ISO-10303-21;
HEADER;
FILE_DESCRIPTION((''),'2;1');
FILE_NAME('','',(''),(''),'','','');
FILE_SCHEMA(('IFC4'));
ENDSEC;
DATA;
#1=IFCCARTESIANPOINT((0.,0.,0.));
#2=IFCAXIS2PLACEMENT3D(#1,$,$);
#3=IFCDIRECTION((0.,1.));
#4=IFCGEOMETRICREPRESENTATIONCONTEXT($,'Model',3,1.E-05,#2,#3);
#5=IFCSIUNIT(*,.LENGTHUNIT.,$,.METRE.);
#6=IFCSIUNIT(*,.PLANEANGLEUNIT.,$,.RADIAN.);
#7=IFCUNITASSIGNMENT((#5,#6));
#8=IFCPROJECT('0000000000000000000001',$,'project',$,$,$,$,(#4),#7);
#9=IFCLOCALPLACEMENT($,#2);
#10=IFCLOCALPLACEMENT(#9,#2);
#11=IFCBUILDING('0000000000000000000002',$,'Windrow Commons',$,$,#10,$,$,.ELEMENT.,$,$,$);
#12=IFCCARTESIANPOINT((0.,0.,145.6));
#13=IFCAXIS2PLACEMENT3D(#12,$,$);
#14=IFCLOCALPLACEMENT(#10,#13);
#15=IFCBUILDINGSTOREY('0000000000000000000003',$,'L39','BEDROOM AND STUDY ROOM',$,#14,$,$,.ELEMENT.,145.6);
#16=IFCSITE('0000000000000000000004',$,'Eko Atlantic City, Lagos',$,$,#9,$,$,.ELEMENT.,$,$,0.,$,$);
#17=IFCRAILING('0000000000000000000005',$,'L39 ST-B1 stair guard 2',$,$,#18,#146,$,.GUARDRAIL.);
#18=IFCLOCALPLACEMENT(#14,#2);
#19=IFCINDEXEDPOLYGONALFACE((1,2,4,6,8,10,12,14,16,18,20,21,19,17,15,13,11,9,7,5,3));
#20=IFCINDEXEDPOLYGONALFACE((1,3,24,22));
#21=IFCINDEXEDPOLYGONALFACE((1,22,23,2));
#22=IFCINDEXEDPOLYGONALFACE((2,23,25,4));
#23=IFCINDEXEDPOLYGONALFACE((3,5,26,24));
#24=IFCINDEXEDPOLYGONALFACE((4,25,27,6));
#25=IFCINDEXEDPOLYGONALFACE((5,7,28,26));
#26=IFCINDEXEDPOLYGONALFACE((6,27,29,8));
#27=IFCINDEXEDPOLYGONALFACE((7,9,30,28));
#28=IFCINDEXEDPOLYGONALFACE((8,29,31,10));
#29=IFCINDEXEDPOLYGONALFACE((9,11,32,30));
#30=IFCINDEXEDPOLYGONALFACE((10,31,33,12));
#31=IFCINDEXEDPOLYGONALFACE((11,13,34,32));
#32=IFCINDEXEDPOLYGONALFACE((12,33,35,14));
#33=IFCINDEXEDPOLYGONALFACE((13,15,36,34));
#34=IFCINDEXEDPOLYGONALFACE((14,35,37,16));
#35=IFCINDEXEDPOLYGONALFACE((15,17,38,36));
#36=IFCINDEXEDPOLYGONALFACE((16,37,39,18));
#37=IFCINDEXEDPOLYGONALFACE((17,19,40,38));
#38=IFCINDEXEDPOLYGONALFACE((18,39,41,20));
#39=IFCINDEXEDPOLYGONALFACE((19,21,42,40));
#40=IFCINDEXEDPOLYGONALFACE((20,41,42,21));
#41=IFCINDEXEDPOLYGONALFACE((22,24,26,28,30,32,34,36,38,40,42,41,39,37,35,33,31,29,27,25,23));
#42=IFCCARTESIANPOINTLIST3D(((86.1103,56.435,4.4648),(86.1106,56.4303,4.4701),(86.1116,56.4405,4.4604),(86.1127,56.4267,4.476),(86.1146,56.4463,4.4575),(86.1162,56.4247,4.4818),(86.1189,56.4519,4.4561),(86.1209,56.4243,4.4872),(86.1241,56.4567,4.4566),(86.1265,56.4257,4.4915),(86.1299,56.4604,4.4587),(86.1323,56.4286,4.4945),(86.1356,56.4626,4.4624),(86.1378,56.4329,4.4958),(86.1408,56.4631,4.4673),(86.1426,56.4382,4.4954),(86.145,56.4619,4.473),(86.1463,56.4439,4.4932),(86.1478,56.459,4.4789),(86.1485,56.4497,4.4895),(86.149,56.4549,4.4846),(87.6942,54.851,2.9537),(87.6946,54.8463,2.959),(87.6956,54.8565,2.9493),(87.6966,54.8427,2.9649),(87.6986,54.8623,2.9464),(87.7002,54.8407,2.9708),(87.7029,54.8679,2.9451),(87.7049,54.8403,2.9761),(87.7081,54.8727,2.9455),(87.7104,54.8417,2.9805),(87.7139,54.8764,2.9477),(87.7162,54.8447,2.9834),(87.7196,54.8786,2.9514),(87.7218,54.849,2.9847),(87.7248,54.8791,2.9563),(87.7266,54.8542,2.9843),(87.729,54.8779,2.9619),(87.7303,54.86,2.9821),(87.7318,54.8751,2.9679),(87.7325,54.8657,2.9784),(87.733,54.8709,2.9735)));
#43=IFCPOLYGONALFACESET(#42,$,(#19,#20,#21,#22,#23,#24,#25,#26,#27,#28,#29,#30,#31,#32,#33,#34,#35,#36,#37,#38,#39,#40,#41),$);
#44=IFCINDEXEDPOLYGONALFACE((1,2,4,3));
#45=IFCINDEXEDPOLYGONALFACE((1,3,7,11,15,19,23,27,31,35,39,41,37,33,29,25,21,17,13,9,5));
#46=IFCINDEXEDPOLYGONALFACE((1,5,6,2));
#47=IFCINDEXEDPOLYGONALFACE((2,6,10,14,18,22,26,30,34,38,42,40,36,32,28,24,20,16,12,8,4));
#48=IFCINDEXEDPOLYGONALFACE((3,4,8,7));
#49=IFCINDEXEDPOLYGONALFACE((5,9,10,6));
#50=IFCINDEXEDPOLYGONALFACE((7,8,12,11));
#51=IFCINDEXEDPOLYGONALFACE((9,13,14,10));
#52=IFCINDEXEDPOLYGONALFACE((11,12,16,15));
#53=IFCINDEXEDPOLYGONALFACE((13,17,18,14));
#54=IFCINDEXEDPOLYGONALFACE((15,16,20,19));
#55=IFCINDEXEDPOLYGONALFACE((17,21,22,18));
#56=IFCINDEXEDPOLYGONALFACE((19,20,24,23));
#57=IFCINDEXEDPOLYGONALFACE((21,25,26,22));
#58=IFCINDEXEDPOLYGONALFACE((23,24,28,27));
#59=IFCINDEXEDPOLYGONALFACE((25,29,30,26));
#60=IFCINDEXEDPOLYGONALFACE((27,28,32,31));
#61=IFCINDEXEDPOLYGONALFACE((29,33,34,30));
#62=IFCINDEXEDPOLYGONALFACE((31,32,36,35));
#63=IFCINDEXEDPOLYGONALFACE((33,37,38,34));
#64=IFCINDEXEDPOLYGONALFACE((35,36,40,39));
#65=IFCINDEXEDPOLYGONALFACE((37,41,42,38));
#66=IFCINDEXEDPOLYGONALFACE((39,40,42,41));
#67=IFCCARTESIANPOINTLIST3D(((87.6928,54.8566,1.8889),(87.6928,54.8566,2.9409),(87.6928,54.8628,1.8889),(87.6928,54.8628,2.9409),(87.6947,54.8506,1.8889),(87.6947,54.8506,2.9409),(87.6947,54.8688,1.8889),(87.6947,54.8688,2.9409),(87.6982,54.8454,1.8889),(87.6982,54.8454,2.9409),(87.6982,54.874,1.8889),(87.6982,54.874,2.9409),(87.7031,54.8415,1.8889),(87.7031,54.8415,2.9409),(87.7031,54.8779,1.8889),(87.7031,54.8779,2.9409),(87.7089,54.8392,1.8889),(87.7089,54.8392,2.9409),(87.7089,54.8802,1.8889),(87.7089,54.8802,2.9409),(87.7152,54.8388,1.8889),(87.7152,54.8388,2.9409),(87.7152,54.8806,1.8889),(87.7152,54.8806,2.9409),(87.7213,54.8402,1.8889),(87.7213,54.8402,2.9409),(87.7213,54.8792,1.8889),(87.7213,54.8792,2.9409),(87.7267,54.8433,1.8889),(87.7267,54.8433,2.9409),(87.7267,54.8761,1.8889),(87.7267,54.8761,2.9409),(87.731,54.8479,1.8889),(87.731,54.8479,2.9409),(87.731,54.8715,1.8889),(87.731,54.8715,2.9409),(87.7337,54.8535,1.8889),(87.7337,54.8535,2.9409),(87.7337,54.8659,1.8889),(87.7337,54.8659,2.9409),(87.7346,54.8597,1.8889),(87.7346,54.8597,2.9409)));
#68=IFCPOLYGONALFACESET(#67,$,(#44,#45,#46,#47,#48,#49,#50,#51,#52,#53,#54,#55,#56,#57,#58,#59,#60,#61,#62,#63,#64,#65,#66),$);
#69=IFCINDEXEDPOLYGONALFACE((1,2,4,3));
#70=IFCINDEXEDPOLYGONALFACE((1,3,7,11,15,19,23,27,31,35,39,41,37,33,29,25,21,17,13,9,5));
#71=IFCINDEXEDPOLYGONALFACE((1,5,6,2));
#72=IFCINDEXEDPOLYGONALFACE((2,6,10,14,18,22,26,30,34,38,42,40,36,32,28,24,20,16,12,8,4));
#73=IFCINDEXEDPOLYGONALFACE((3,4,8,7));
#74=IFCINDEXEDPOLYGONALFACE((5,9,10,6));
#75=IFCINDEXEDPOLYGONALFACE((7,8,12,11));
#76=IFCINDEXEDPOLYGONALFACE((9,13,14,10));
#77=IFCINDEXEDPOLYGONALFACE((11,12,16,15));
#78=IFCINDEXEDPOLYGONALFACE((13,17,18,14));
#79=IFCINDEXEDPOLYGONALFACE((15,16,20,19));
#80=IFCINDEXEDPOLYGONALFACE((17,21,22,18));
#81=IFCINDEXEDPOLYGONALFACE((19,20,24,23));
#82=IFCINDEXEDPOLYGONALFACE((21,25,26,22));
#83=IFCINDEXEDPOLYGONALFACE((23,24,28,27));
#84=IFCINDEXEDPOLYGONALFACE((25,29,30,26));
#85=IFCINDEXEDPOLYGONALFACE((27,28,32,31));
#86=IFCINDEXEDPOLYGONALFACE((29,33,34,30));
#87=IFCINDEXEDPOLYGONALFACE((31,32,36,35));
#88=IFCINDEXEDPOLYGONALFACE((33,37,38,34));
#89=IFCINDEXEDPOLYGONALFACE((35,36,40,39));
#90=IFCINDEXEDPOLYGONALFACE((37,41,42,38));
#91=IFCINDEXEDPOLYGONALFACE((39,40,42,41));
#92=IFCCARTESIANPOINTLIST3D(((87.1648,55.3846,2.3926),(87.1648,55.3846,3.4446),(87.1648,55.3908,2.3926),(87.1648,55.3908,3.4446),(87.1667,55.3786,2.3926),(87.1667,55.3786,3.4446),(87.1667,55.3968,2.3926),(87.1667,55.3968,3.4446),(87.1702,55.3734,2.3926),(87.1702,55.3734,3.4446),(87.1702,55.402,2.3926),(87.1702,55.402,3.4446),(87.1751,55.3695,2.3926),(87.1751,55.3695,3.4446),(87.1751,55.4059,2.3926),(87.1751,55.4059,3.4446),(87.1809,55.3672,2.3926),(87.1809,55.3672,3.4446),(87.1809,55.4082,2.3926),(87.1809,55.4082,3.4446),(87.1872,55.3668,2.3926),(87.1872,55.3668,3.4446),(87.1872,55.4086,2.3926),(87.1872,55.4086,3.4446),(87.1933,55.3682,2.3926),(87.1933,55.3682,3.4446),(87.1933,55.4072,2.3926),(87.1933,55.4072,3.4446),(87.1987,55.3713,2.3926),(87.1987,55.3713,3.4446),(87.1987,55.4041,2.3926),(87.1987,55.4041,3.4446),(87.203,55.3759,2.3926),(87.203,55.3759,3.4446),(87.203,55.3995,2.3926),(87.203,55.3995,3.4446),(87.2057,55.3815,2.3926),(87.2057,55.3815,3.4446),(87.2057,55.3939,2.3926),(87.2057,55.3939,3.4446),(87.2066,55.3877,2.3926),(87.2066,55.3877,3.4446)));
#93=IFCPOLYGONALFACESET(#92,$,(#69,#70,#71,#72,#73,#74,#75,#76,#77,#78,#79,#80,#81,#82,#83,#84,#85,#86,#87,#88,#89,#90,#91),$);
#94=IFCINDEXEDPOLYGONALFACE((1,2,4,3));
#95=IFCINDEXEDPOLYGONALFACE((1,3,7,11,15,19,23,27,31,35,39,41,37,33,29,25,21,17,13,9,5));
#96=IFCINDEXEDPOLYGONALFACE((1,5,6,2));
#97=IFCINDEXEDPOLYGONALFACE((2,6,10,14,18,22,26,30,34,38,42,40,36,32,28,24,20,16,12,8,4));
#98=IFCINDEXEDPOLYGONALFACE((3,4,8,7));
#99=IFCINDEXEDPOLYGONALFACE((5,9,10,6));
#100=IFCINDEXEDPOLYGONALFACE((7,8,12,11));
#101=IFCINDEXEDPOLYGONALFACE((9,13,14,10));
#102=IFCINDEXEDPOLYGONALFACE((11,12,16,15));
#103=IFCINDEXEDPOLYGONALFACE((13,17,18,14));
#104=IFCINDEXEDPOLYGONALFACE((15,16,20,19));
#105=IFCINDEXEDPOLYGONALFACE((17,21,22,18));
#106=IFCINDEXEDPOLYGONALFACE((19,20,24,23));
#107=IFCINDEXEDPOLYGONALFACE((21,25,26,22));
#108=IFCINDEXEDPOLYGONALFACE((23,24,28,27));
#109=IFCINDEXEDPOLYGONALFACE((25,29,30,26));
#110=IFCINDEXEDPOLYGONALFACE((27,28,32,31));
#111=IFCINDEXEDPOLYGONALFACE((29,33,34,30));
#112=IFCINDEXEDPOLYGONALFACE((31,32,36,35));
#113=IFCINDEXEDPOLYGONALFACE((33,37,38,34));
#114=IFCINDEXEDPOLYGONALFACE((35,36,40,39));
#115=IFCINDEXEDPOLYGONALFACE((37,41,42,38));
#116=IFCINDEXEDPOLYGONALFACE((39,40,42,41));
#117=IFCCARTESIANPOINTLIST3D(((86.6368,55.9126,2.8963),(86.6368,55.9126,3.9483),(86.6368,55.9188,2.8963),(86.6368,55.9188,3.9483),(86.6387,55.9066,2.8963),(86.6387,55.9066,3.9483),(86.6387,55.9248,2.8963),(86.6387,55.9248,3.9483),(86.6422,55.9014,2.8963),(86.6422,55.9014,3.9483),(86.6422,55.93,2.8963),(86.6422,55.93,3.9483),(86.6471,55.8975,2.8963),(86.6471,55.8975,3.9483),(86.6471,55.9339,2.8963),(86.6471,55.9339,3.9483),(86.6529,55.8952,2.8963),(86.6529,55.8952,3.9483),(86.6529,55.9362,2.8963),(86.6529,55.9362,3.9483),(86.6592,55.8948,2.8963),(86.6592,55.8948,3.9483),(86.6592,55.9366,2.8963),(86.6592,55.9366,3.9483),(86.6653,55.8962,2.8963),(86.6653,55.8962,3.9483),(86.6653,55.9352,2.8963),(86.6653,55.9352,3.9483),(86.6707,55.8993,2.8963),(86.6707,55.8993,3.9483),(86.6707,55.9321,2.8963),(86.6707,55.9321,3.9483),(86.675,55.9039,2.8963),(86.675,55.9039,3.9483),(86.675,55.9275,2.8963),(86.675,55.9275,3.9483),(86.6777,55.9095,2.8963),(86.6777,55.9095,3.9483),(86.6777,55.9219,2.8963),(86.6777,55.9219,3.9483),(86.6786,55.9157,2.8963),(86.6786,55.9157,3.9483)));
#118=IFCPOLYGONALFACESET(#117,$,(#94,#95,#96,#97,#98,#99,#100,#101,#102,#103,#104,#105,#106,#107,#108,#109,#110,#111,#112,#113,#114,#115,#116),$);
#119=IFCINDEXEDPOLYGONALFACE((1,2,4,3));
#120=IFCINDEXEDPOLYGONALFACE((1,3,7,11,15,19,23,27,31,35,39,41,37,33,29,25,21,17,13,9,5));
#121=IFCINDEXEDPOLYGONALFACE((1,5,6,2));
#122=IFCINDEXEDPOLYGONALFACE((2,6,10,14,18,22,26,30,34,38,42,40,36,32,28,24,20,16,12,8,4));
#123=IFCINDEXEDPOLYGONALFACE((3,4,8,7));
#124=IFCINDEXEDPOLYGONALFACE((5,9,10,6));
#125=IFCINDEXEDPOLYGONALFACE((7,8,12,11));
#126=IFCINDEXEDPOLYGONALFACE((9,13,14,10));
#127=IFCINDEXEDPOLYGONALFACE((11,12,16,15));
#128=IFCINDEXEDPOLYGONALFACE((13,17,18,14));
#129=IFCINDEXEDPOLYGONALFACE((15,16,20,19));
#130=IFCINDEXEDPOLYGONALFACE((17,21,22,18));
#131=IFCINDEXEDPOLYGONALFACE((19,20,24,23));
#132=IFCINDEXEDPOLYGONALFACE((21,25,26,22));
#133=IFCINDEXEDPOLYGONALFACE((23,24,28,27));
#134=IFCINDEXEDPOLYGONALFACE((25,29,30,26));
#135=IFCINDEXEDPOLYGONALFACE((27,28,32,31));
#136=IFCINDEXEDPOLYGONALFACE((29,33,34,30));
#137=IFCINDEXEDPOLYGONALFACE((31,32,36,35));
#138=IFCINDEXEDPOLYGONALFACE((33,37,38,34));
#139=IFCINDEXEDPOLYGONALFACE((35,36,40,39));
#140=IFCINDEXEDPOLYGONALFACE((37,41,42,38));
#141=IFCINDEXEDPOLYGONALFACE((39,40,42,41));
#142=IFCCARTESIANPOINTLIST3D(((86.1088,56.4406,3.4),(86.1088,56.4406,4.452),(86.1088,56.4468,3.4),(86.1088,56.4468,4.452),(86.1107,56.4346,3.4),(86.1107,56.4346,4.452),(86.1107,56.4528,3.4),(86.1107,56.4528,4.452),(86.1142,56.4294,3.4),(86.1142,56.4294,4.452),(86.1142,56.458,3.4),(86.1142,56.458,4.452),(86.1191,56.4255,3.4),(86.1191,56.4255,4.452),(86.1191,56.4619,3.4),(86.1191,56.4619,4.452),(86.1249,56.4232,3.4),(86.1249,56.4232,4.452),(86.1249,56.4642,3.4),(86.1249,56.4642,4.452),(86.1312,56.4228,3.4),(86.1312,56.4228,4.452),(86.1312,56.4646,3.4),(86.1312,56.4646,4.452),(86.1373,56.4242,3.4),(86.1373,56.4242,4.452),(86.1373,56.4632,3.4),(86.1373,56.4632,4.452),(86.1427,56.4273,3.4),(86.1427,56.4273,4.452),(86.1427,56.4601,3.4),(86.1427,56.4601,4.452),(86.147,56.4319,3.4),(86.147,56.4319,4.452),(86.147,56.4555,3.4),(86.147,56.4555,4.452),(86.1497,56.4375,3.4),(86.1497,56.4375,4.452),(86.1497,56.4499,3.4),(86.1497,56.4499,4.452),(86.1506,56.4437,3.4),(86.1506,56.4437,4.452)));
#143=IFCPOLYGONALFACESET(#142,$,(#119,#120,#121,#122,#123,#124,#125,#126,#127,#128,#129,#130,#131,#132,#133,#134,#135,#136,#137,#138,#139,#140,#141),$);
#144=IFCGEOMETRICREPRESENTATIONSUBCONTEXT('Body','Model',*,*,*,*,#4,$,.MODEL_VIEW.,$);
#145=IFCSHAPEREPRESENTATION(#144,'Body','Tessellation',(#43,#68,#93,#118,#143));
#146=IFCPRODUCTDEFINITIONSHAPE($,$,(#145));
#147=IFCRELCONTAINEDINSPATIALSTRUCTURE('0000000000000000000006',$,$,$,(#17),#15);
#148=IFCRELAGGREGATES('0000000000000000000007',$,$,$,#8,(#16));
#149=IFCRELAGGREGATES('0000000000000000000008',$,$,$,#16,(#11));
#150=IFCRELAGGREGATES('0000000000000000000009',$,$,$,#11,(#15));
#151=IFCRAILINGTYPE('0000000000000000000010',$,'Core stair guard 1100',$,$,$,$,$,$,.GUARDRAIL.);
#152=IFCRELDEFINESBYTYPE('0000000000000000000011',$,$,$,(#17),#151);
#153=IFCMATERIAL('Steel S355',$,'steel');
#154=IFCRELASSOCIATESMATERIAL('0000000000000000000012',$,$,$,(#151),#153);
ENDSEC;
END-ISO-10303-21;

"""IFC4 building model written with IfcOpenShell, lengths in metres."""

from ifc_helpers import new_model, si_unit, direction, frame, origin, origin_2d, place, context, subcontext, project, spatial, circle, extrude, material, type_object, element, save


model = new_model("IFC4")

# Units and contexts
model_context = context("Model", 3, precision=1e-05, world=origin(), true_north=direction((0.0, 1.0)))
body_context = subcontext(model_context, "Body", "Model", "MODEL_VIEW")
ifc_project = project(units=[si_unit("LENGTHUNIT", "METRE"), si_unit("PLANEANGLEUNIT", "RADIAN")], contexts=[model_context])

# Site, building, storey
site_placement = place(None, origin())
site = spatial("IfcSite", under=ifc_project, at=site_placement, Name="Eko Atlantic City, Lagos", CompositionType="ELEMENT", RefElevation=0.0)
building_placement = place(site_placement, origin())
building = spatial("IfcBuilding", under=site, at=building_placement, Name="Windrow Commons", CompositionType="ELEMENT")
storey_placement = place(building_placement, frame((0.0, 0.0, 145.6)))
storey = spatial("IfcBuildingStorey", under=building, at=storey_placement, Name="L39", Description="BEDROOM AND STUDY ROOM", CompositionType="ELEMENT", Elevation=145.6)

# Railing
ifc_material_1 = material(Name="Steel S355", Category="steel")
railing_type_1 = type_object("IfcRailingType", Name="Core stair guard 1100", PredefinedType="GUARDRAIL", material=ifc_material_1)
railing_1_placement = place(storey_placement, frame((87.7136, 54.8597, 1.8889)))
element("IfcRailing", 1, at=railing_1_placement, inside=storey, type_object=railing_type_1, Name="L39 ST-B1 stair guard 2", PredefinedType="GUARDRAIL", context=body_context, shape_type="SweptSolid", body=[
    extrude(circle(Radius=0.024, at=origin_2d()), frame((0.0, 0.0, 1.076), z_axis=(-0.586203, 0.586203, 0.559224), x_axis=(-0.707107, -0.707107, 0.0)), (0.0, 0.0, 1.0), 2.7021),
    extrude(circle(Radius=0.021, at=origin_2d()), origin(), (0.0, 0.0, 1.0), 1.052),
    extrude(circle(Radius=0.021, at=origin_2d()), frame((-0.528, 0.528, 0.5037)), (0.0, 0.0, 1.0), 1.052),
    extrude(circle(Radius=0.021, at=origin_2d()), frame((-1.056, 1.056, 1.0074)), (0.0, 0.0, 1.0), 1.052),
    extrude(circle(Radius=0.021, at=origin_2d()), frame((-1.584, 1.584, 1.5111)), (0.0, 0.0, 1.0), 1.052),
])

save(model, "model.ifc")
